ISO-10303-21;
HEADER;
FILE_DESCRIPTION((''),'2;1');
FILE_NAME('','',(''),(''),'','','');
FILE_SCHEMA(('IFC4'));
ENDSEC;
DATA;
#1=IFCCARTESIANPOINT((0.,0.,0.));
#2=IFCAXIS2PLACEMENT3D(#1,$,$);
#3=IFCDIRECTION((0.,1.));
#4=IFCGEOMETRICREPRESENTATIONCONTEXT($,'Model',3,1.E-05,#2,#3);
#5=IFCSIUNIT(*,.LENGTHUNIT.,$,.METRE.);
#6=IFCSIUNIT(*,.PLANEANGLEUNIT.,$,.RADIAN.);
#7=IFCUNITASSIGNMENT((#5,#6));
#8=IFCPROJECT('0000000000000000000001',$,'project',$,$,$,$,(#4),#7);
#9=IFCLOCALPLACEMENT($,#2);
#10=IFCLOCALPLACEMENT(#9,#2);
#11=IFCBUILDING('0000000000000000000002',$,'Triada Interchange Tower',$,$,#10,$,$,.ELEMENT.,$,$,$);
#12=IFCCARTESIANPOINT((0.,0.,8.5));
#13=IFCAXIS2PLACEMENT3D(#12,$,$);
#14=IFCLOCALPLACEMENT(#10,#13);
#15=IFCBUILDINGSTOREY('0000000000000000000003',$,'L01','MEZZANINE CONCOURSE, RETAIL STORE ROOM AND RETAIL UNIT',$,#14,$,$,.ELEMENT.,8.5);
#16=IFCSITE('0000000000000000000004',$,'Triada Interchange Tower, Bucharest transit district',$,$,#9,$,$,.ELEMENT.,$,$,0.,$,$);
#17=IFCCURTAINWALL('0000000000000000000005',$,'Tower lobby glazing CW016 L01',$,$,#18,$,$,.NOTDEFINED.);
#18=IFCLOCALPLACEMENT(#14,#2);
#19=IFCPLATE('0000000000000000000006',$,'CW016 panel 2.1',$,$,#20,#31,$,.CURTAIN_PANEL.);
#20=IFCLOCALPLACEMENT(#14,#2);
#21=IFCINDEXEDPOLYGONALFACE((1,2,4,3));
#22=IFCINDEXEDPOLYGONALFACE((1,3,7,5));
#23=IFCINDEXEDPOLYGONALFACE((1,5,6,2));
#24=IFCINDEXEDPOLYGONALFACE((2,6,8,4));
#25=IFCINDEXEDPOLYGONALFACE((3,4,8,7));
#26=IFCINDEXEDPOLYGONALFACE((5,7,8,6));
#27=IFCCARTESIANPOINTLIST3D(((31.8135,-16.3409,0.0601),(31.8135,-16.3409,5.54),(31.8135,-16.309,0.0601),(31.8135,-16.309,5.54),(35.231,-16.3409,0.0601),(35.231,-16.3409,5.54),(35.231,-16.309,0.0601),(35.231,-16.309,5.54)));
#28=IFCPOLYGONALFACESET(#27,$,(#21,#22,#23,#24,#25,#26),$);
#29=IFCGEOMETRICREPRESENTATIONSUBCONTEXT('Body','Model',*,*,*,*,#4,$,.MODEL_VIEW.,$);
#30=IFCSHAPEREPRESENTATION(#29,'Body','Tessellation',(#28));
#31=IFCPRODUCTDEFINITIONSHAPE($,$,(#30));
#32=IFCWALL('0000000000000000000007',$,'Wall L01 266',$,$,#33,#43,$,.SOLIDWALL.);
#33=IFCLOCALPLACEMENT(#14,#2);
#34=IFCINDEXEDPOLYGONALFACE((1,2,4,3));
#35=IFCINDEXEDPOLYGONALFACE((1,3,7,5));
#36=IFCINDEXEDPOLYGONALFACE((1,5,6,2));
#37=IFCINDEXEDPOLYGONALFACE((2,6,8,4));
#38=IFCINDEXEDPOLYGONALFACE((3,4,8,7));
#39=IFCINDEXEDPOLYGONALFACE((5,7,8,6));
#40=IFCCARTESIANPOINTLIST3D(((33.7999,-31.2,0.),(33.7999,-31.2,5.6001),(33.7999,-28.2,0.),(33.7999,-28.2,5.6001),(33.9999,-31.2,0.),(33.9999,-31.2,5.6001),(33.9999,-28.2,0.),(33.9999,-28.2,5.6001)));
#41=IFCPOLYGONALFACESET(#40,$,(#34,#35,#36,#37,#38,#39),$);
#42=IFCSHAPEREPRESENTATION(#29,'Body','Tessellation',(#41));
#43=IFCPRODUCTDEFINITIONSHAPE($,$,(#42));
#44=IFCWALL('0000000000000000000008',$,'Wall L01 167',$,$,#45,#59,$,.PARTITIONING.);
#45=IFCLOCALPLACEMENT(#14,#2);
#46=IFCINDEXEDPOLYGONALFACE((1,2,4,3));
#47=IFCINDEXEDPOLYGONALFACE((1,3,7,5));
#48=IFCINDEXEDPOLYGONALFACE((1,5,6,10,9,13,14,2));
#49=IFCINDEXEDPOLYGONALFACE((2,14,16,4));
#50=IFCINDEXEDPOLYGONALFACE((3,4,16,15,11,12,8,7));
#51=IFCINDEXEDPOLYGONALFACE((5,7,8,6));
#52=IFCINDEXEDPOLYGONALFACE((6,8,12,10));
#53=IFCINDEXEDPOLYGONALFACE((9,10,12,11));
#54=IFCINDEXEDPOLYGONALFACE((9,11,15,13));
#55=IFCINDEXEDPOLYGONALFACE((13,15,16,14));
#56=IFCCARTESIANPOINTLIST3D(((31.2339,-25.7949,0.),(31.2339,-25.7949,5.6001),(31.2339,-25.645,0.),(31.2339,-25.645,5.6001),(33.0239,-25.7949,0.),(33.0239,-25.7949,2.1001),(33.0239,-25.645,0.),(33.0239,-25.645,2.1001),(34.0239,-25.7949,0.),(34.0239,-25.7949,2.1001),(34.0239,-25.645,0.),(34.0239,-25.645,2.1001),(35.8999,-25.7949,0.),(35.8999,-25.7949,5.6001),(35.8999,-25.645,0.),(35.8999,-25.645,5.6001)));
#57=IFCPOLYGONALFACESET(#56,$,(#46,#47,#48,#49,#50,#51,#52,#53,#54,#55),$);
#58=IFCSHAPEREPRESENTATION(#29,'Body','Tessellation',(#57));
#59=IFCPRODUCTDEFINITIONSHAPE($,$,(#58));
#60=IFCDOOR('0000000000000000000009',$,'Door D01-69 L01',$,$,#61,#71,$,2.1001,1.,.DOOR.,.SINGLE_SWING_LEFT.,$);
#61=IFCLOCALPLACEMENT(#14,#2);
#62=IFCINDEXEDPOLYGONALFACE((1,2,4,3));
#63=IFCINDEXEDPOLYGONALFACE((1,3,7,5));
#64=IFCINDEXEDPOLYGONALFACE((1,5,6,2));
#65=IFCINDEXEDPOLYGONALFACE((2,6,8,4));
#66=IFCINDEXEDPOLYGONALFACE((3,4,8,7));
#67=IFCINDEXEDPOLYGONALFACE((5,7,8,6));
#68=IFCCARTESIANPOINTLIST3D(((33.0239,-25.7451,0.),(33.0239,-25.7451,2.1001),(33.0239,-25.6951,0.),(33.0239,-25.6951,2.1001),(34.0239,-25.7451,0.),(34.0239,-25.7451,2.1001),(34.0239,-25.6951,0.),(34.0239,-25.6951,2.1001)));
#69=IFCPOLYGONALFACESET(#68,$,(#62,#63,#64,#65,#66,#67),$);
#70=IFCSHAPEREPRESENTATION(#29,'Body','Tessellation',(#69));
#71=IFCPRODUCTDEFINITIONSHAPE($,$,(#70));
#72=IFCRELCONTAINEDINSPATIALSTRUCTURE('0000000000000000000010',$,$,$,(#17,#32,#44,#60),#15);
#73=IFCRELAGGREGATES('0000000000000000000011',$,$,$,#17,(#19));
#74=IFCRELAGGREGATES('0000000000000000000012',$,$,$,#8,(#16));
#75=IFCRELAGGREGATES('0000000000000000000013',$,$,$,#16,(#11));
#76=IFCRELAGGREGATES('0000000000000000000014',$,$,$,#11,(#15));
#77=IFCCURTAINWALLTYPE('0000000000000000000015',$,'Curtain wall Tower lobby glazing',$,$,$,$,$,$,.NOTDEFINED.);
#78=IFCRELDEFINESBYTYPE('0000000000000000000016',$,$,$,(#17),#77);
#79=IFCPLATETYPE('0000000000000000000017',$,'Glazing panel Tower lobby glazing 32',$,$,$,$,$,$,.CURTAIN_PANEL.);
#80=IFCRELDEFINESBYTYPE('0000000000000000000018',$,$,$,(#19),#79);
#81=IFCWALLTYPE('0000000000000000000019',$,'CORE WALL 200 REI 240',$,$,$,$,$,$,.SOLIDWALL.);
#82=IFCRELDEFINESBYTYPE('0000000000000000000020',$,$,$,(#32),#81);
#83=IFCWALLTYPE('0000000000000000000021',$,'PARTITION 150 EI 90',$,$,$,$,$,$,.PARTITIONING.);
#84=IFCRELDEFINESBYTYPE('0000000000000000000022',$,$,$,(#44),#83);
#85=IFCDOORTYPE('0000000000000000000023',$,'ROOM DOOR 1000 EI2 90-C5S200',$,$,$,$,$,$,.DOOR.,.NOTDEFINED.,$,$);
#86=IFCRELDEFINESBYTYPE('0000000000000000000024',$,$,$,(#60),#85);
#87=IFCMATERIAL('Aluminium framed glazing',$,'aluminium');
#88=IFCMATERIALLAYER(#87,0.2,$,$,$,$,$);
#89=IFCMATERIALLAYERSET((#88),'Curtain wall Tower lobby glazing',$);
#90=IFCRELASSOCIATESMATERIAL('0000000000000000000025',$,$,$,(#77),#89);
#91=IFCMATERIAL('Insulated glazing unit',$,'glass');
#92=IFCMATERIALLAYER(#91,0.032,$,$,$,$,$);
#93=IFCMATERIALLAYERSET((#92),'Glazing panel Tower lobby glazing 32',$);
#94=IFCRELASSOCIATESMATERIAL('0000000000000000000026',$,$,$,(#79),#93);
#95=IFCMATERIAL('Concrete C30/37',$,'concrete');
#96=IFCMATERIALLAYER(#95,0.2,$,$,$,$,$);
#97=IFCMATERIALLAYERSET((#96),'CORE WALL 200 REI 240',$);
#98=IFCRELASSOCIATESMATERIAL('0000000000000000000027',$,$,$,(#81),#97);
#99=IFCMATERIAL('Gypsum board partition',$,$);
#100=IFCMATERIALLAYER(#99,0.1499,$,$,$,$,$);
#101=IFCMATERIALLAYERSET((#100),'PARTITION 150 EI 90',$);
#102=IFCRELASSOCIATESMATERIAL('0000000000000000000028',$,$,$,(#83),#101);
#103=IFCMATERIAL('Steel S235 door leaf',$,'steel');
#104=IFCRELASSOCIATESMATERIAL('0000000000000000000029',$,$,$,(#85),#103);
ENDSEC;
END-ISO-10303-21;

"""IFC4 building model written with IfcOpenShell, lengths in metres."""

from ifc_helpers import new_model, si_unit, direction, frame, frame_2d, origin, origin_2d, place, context, subcontext, project, spatial, rectangle, extrude, material, layer, layer_set, type_object, element, fill, aggregate, save


model = new_model("IFC4")

# Units and contexts
model_context = context("Model", 3, precision=1e-05, world=origin(), true_north=direction((0.0, 1.0)))
body_context = subcontext(model_context, "Body", "Model", "MODEL_VIEW")
ifc_project = project(units=[si_unit("LENGTHUNIT", "METRE"), si_unit("PLANEANGLEUNIT", "RADIAN")], contexts=[model_context])

# Site, building, storey
site_placement = place(None, origin())
site = spatial("IfcSite", under=ifc_project, at=site_placement, Name="Triada Interchange Tower, Bucharest transit district", CompositionType="ELEMENT", RefElevation=0.0)
building_placement = place(site_placement, origin())
building = spatial("IfcBuilding", under=site, at=building_placement, Name="Triada Interchange Tower", CompositionType="ELEMENT")
storey_placement = place(building_placement, frame((0.0, 0.0, 8.5)))
storey = spatial("IfcBuildingStorey", under=building, at=storey_placement, Name="L01", Description="MEZZANINE CONCOURSE, RETAIL STORE ROOM AND RETAIL UNIT", CompositionType="ELEMENT", Elevation=8.5)

# Shared definitions
ifc_material_1 = material(Name="Aluminium framed glazing", Category="aluminium")

# Shared definitions
ifc_layer_1 = layer(ifc_material_1, 0.2)
ifc_layer_set_1 = layer_set([ifc_layer_1], Name="Curtain wall Tower lobby glazing")
curtain_wall_type_1 = type_object("IfcCurtainWallType", Name="Curtain wall Tower lobby glazing", PredefinedType="NOTDEFINED", material=ifc_layer_set_1)

# Curtain wall
curtain_wall_1_placement = place(storey_placement, origin())
curtain_wall_1 = element("IfcCurtainWall", 1, at=curtain_wall_1_placement, inside=storey, type_object=curtain_wall_type_1, Name="Tower lobby glazing CW016 L01", PredefinedType="NOTDEFINED")

# Plate
ifc_material_2 = material(Name="Insulated glazing unit", Category="glass")
ifc_layer_2 = layer(ifc_material_2, 0.032)
ifc_layer_set_2 = layer_set([ifc_layer_2], Name="Glazing panel Tower lobby glazing 32")
plate_type_1 = type_object("IfcPlateType", Name="Glazing panel Tower lobby glazing 32", PredefinedType="CURTAIN_PANEL", material=ifc_layer_set_2)
plate_1_placement = place(storey_placement, frame((33.5222, -16.325, 0.0601), z_axis=(0.0, 0.0, 1.0), x_axis=(1.0, 0.0, 0.0)))
plate_1 = element("IfcPlate", 2, at=plate_1_placement, type_object=plate_type_1, Name="CW016 panel 2.1", PredefinedType="CURTAIN_PANEL", context=body_context, shape_type="SweptSolid", body=[
    extrude(rectangle(XDim=3.4175, YDim=0.032, at=origin_2d()), origin(), (0.0, 0.0, 1.0), 5.48),
])
aggregate(curtain_wall_1, [plate_1])

# Wall
ifc_material_3 = material(Name="Concrete C30/37", Category="concrete")
ifc_layer_3 = layer(ifc_material_3, 0.2)
ifc_layer_set_3 = layer_set([ifc_layer_3], Name="CORE WALL 200 REI 240")
wall_type_1 = type_object("IfcWallType", Name="CORE WALL 200 REI 240", PredefinedType="SOLIDWALL", material=ifc_layer_set_3)
wall_1_placement = place(storey_placement, frame((33.8999, -31.2, 0.0), z_axis=(0.0, 0.0, 1.0), x_axis=(0.0, 1.0, 0.0)))
element("IfcWall", 3, at=wall_1_placement, inside=storey, type_object=wall_type_1, Name="Wall L01 266", PredefinedType="SOLIDWALL", context=body_context, shape_type="SweptSolid", body=[
    extrude(rectangle(XDim=3.0, YDim=0.2, at=frame_2d((1.5, 0.0))), origin(), (0.0, 0.0, 1.0), 5.6001),
])

# Wall, opening, door
ifc_material_4 = material(Name="Gypsum board partition")
ifc_layer_4 = layer(ifc_material_4, 0.1499)
ifc_layer_set_4 = layer_set([ifc_layer_4], Name="PARTITION 150 EI 90")
wall_type_2 = type_object("IfcWallType", Name="PARTITION 150 EI 90", PredefinedType="PARTITIONING", material=ifc_layer_set_4)
wall_2_placement = place(storey_placement, frame((31.2339, -25.72, 0.0), z_axis=(0.0, 0.0, 1.0), x_axis=(1.0, 0.0, 0.0)))
wall_2 = element("IfcWall", 4, at=wall_2_placement, inside=storey, type_object=wall_type_2, Name="Wall L01 167", PredefinedType="PARTITIONING", context=body_context, shape_type="SweptSolid", body=[
    extrude(rectangle(XDim=4.666, YDim=0.1499, at=frame_2d((2.333, 0.0))), origin(), (0.0, 0.0, 1.0), 5.6001),
])
opening_placement = place(wall_2_placement, frame((1.79, 0.0, 0.0)))
opening = element("IfcOpeningElement", 5, at=opening_placement, cuts=wall_2, PredefinedType="OPENING", context=body_context, shape_type="SweptSolid", body=[
    extrude(rectangle(XDim=1.0, YDim=2.1001, at=frame_2d((0.5, 1.05))), frame((0.0, 0.085, 0.0), z_axis=(0.0, -1.0, 0.0), x_axis=(1.0, 0.0, 0.0)), (0.0, 0.0, 1.0), 0.1699),
])
ifc_material_5 = material(Name="Steel S235 door leaf", Category="steel")
door_type = type_object("IfcDoorType", Name="ROOM DOOR 1000 EI2 90-C5S200", OperationType="NOTDEFINED", PredefinedType="DOOR", material=ifc_material_5)
door_placement = place(opening_placement, origin())
door = element("IfcDoor", 6, at=door_placement, inside=storey, type_object=door_type, Name="Door D01-69 L01", OperationType="SINGLE_SWING_LEFT", OverallHeight=2.1001, OverallWidth=1.0, PredefinedType="DOOR", context=body_context, shape_type="SweptSolid", body=[
    extrude(rectangle(XDim=1.0, YDim=2.1001, at=frame_2d((0.5, 1.05))), frame((0.0, 0.0249, 0.0), z_axis=(0.0, -1.0, 0.0), x_axis=(1.0, 0.0, 0.0)), (0.0, 0.0, 1.0), 0.05),
])
fill(opening, door)

save(model, "model.ifc")
